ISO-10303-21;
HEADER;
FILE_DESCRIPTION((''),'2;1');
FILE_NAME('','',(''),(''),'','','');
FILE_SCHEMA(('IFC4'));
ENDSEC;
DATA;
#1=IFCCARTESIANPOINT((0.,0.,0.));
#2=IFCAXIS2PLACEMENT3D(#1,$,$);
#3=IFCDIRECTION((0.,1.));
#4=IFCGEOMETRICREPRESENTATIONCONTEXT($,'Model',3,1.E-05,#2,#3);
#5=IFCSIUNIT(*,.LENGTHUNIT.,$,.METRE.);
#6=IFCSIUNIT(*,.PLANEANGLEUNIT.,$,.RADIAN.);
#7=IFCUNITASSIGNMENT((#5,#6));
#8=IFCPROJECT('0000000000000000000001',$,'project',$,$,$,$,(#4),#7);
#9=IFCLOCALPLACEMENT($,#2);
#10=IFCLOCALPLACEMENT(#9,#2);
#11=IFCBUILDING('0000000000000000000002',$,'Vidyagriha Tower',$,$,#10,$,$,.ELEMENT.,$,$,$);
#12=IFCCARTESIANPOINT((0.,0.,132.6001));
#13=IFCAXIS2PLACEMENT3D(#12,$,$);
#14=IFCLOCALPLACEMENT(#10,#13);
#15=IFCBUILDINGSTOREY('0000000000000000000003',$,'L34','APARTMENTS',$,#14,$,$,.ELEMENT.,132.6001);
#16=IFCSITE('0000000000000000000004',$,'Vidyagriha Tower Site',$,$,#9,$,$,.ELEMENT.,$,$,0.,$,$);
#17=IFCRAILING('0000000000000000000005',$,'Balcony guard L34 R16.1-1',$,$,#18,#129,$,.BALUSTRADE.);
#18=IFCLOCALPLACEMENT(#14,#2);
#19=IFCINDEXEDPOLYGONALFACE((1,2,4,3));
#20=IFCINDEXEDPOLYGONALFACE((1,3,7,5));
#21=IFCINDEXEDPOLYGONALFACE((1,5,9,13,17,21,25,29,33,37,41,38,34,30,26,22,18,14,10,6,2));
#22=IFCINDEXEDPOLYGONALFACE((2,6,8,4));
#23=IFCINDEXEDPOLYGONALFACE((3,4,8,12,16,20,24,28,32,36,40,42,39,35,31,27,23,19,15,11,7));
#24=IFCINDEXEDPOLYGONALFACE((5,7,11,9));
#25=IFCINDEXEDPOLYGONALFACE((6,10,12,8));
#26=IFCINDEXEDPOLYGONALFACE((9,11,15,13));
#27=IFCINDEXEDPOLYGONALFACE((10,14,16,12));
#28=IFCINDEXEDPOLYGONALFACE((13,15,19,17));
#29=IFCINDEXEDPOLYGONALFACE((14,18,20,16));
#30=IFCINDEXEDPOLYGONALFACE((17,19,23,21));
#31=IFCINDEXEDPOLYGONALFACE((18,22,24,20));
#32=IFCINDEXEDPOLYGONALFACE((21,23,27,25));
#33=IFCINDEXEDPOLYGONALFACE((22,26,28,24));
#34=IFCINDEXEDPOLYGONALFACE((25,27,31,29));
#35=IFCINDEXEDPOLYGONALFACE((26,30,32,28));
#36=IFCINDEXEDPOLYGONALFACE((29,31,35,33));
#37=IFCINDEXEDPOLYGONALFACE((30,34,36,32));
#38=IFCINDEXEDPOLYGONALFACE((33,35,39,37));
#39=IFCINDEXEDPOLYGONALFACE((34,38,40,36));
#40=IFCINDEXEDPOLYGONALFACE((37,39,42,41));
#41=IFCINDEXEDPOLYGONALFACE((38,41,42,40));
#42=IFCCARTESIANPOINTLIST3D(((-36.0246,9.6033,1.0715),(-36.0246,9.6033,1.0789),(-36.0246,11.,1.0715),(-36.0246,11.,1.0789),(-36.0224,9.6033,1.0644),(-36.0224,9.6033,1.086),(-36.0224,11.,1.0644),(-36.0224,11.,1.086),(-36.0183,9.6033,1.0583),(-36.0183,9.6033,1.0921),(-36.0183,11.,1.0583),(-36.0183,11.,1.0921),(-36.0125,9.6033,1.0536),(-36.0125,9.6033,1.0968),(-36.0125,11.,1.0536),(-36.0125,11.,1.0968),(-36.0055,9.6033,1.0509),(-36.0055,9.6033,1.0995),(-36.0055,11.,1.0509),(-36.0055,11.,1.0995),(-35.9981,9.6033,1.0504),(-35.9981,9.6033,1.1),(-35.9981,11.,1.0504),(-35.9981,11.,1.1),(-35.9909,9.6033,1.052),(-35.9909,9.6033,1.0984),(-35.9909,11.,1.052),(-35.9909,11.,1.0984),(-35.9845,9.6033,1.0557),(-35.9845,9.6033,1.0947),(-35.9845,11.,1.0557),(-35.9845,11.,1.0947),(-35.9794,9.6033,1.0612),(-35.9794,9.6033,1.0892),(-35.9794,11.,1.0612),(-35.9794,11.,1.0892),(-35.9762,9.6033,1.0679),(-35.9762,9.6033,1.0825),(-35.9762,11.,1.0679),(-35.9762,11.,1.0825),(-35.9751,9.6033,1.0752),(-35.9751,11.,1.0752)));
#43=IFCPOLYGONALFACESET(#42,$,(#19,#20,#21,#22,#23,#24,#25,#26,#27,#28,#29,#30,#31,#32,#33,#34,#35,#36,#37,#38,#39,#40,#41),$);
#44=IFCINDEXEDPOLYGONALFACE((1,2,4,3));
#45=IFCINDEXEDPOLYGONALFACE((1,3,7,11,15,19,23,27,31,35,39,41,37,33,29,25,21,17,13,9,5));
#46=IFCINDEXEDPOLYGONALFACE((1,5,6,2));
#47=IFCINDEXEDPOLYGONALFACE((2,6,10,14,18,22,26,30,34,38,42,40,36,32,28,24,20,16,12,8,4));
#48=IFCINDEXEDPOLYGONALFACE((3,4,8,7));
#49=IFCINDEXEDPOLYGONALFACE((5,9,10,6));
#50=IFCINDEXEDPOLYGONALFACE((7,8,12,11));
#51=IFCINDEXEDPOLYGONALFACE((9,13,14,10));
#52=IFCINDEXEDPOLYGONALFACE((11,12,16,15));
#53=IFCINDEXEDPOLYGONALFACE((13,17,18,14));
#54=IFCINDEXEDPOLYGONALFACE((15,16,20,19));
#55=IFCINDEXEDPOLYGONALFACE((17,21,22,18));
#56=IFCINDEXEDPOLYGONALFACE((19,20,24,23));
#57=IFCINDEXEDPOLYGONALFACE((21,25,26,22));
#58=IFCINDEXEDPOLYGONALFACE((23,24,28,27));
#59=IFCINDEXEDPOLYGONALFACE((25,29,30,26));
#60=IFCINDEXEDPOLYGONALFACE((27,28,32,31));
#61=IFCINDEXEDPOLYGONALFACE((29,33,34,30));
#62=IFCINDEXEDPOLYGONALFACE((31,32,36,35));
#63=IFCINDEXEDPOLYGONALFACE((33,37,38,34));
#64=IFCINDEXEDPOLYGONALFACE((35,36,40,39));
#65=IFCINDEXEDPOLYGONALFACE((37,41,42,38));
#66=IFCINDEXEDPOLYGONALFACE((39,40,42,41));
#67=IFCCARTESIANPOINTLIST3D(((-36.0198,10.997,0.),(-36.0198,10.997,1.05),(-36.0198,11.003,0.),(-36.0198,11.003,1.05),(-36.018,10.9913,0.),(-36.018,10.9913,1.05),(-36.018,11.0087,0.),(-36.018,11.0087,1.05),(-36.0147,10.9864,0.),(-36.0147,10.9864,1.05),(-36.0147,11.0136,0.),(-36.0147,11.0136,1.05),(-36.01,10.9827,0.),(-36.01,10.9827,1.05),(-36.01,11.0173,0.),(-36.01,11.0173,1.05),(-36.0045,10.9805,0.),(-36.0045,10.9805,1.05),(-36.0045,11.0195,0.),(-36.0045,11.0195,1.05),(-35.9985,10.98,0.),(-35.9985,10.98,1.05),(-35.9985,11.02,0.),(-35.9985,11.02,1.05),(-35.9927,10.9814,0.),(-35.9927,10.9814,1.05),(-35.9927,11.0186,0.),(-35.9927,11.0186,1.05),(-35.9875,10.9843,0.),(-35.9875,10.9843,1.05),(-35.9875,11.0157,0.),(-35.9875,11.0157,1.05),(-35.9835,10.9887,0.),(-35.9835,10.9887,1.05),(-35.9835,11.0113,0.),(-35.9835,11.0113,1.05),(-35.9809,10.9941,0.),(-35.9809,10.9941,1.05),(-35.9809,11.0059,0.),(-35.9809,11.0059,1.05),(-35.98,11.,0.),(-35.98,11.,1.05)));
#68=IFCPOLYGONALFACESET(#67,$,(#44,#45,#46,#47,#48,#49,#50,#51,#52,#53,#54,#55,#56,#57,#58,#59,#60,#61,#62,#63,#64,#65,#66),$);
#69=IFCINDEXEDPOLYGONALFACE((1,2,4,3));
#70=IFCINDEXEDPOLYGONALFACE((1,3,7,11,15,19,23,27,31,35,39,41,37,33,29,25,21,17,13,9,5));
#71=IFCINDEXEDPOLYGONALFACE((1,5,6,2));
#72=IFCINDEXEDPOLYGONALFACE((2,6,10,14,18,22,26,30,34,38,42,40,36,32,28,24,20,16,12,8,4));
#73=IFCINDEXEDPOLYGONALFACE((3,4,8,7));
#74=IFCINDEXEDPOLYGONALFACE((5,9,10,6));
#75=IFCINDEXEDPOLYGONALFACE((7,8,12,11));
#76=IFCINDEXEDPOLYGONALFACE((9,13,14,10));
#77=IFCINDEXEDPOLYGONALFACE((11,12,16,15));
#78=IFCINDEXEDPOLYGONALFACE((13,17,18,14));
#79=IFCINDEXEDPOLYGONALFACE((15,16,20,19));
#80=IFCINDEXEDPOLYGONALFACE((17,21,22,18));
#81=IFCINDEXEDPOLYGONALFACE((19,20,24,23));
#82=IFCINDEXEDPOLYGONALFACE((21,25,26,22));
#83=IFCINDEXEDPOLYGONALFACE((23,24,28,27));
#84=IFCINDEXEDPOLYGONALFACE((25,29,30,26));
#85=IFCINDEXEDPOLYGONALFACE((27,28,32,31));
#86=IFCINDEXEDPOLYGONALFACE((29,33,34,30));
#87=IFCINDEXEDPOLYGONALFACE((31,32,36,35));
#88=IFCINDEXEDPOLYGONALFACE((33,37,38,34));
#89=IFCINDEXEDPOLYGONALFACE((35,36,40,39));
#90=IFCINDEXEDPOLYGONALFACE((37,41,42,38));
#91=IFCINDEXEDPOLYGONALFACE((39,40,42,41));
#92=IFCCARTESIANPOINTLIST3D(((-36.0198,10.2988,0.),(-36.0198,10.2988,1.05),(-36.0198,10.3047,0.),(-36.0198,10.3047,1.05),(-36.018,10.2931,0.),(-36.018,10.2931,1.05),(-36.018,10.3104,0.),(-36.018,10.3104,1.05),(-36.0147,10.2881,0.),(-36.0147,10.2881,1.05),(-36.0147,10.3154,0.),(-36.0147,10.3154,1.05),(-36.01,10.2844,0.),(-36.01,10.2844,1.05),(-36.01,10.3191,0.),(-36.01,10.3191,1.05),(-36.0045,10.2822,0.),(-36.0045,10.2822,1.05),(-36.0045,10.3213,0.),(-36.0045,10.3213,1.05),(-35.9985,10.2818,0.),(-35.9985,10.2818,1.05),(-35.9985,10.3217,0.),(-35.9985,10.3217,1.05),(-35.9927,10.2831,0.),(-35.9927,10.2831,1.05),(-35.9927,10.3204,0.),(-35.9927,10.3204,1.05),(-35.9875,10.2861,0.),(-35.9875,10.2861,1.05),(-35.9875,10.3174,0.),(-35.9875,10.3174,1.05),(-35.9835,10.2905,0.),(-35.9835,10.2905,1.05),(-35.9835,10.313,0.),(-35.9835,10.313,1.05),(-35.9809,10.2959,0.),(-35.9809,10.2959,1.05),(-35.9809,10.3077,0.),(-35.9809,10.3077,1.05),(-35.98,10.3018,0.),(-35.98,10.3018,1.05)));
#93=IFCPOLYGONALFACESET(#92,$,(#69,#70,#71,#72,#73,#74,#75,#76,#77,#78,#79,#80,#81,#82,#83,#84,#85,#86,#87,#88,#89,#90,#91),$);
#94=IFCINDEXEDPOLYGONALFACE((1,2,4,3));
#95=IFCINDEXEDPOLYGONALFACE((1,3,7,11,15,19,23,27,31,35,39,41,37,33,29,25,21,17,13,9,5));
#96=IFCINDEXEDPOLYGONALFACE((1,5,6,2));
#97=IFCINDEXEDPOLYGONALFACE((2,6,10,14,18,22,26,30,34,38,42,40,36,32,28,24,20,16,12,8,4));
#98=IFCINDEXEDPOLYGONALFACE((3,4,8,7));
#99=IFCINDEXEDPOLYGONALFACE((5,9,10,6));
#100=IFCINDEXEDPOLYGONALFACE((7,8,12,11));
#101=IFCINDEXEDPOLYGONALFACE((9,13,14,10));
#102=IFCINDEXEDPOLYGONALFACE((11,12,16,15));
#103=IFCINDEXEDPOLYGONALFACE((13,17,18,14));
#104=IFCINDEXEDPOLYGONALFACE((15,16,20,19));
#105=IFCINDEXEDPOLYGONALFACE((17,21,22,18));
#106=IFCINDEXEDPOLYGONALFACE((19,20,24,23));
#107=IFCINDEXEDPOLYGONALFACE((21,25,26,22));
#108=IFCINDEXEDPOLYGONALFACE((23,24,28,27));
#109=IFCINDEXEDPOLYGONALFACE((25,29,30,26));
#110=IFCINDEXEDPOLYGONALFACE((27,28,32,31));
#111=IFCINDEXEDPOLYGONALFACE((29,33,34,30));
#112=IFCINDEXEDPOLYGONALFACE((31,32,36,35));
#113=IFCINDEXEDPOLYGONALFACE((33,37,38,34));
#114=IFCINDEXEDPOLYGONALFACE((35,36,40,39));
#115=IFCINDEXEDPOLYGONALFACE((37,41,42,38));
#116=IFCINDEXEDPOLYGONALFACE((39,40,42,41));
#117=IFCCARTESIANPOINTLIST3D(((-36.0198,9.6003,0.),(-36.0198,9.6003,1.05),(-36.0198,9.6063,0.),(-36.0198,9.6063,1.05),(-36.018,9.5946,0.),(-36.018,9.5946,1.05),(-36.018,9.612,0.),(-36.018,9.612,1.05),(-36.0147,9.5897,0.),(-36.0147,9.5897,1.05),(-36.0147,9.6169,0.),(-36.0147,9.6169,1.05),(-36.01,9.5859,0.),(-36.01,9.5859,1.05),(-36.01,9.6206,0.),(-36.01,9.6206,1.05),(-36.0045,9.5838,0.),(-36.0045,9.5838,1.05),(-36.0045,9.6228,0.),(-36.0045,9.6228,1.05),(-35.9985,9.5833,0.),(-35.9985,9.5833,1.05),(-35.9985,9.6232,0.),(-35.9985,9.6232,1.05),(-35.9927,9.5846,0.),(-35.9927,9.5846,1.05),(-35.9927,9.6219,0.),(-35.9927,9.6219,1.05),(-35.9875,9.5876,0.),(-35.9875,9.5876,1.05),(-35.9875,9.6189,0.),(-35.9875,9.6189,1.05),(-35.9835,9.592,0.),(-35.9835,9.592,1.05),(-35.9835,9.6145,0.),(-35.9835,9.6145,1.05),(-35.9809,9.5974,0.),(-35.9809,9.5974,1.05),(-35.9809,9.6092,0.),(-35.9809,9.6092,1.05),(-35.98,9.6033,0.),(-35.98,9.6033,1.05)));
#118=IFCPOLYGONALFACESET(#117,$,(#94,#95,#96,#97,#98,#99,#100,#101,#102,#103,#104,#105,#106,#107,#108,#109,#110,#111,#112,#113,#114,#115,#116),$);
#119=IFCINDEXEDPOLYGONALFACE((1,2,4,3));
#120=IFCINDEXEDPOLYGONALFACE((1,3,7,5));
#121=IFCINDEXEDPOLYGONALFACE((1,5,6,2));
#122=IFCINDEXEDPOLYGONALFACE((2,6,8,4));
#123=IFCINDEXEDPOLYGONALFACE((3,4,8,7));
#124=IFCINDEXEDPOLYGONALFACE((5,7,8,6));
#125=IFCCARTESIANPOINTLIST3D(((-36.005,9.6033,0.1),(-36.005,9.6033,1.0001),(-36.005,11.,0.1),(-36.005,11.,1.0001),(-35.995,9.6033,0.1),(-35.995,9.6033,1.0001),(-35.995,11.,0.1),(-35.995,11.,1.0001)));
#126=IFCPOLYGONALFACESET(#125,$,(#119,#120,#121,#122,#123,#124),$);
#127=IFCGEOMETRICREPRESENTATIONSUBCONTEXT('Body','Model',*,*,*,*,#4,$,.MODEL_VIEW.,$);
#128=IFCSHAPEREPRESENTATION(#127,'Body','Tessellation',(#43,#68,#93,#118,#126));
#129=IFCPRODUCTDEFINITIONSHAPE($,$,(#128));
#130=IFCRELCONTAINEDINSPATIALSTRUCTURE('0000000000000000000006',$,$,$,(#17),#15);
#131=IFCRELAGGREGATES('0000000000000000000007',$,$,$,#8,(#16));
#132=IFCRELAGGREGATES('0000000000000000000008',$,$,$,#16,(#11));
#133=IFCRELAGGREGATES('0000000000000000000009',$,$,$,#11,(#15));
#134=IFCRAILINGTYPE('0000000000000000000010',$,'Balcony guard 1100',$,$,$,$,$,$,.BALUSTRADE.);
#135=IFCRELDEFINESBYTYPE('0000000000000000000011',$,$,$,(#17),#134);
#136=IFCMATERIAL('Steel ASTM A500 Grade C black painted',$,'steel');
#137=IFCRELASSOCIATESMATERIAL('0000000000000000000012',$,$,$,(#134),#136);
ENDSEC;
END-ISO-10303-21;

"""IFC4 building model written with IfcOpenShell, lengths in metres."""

from ifc_helpers import new_model, si_unit, direction, frame, origin, origin_2d, place, context, subcontext, project, spatial, rectangle, circle, extrude, material, type_object, element, save


model = new_model("IFC4")

# Units and contexts
model_context = context("Model", 3, precision=1e-05, world=origin(), true_north=direction((0.0, 1.0)))
body_context = subcontext(model_context, "Body", "Model", "MODEL_VIEW")
ifc_project = project(units=[si_unit("LENGTHUNIT", "METRE"), si_unit("PLANEANGLEUNIT", "RADIAN")], contexts=[model_context])

# Site, building, storey
site_placement = place(None, origin())
site = spatial("IfcSite", under=ifc_project, at=site_placement, Name="Vidyagriha Tower Site", CompositionType="ELEMENT", RefElevation=0.0)
building_placement = place(site_placement, origin())
building = spatial("IfcBuilding", under=site, at=building_placement, Name="Vidyagriha Tower", CompositionType="ELEMENT")
storey_placement = place(building_placement, frame((0.0, 0.0, 132.6001)))
storey = spatial("IfcBuildingStorey", under=building, at=storey_placement, Name="L34", Description="APARTMENTS", CompositionType="ELEMENT", Elevation=132.6001)

# Railing
ifc_material_1 = material(Name="Steel ASTM A500 Grade C black painted", Category="steel")
railing_type = type_object("IfcRailingType", Name="Balcony guard 1100", PredefinedType="BALUSTRADE", material=ifc_material_1)
railing_1_placement = place(storey_placement, frame((-36.0, 11.0, 0.0)))
element("IfcRailing", 1, at=railing_1_placement, inside=storey, type_object=railing_type, Name="Balcony guard L34 R16.1-1", PredefinedType="BALUSTRADE", context=body_context, shape_type="SweptSolid", body=[
    extrude(circle(Radius=0.0249, at=origin_2d()), frame((0.0, 0.0, 1.0752), z_axis=(0.0, -1.0, 0.0), x_axis=(1.0, 0.0, 0.0)), (0.0, 0.0, 1.0), 1.3967),
    extrude(circle(Radius=0.02, at=origin_2d()), origin(), (0.0, 0.0, 1.0), 1.05),
    extrude(circle(Radius=0.02, at=origin_2d()), frame((0.0, -0.6982, 0.0)), (0.0, 0.0, 1.0), 1.05),
    extrude(circle(Radius=0.02, at=origin_2d()), frame((0.0, -1.3967, 0.0)), (0.0, 0.0, 1.0), 1.05),
    extrude(rectangle(XDim=0.01, YDim=0.9001, at=origin_2d()), frame((0.0, 0.0, 0.55), z_axis=(0.0, -1.0, 0.0), x_axis=(1.0, 0.0, 0.0)), (0.0, 0.0, 1.0), 1.3967),
])

save(model, "model.ifc")
